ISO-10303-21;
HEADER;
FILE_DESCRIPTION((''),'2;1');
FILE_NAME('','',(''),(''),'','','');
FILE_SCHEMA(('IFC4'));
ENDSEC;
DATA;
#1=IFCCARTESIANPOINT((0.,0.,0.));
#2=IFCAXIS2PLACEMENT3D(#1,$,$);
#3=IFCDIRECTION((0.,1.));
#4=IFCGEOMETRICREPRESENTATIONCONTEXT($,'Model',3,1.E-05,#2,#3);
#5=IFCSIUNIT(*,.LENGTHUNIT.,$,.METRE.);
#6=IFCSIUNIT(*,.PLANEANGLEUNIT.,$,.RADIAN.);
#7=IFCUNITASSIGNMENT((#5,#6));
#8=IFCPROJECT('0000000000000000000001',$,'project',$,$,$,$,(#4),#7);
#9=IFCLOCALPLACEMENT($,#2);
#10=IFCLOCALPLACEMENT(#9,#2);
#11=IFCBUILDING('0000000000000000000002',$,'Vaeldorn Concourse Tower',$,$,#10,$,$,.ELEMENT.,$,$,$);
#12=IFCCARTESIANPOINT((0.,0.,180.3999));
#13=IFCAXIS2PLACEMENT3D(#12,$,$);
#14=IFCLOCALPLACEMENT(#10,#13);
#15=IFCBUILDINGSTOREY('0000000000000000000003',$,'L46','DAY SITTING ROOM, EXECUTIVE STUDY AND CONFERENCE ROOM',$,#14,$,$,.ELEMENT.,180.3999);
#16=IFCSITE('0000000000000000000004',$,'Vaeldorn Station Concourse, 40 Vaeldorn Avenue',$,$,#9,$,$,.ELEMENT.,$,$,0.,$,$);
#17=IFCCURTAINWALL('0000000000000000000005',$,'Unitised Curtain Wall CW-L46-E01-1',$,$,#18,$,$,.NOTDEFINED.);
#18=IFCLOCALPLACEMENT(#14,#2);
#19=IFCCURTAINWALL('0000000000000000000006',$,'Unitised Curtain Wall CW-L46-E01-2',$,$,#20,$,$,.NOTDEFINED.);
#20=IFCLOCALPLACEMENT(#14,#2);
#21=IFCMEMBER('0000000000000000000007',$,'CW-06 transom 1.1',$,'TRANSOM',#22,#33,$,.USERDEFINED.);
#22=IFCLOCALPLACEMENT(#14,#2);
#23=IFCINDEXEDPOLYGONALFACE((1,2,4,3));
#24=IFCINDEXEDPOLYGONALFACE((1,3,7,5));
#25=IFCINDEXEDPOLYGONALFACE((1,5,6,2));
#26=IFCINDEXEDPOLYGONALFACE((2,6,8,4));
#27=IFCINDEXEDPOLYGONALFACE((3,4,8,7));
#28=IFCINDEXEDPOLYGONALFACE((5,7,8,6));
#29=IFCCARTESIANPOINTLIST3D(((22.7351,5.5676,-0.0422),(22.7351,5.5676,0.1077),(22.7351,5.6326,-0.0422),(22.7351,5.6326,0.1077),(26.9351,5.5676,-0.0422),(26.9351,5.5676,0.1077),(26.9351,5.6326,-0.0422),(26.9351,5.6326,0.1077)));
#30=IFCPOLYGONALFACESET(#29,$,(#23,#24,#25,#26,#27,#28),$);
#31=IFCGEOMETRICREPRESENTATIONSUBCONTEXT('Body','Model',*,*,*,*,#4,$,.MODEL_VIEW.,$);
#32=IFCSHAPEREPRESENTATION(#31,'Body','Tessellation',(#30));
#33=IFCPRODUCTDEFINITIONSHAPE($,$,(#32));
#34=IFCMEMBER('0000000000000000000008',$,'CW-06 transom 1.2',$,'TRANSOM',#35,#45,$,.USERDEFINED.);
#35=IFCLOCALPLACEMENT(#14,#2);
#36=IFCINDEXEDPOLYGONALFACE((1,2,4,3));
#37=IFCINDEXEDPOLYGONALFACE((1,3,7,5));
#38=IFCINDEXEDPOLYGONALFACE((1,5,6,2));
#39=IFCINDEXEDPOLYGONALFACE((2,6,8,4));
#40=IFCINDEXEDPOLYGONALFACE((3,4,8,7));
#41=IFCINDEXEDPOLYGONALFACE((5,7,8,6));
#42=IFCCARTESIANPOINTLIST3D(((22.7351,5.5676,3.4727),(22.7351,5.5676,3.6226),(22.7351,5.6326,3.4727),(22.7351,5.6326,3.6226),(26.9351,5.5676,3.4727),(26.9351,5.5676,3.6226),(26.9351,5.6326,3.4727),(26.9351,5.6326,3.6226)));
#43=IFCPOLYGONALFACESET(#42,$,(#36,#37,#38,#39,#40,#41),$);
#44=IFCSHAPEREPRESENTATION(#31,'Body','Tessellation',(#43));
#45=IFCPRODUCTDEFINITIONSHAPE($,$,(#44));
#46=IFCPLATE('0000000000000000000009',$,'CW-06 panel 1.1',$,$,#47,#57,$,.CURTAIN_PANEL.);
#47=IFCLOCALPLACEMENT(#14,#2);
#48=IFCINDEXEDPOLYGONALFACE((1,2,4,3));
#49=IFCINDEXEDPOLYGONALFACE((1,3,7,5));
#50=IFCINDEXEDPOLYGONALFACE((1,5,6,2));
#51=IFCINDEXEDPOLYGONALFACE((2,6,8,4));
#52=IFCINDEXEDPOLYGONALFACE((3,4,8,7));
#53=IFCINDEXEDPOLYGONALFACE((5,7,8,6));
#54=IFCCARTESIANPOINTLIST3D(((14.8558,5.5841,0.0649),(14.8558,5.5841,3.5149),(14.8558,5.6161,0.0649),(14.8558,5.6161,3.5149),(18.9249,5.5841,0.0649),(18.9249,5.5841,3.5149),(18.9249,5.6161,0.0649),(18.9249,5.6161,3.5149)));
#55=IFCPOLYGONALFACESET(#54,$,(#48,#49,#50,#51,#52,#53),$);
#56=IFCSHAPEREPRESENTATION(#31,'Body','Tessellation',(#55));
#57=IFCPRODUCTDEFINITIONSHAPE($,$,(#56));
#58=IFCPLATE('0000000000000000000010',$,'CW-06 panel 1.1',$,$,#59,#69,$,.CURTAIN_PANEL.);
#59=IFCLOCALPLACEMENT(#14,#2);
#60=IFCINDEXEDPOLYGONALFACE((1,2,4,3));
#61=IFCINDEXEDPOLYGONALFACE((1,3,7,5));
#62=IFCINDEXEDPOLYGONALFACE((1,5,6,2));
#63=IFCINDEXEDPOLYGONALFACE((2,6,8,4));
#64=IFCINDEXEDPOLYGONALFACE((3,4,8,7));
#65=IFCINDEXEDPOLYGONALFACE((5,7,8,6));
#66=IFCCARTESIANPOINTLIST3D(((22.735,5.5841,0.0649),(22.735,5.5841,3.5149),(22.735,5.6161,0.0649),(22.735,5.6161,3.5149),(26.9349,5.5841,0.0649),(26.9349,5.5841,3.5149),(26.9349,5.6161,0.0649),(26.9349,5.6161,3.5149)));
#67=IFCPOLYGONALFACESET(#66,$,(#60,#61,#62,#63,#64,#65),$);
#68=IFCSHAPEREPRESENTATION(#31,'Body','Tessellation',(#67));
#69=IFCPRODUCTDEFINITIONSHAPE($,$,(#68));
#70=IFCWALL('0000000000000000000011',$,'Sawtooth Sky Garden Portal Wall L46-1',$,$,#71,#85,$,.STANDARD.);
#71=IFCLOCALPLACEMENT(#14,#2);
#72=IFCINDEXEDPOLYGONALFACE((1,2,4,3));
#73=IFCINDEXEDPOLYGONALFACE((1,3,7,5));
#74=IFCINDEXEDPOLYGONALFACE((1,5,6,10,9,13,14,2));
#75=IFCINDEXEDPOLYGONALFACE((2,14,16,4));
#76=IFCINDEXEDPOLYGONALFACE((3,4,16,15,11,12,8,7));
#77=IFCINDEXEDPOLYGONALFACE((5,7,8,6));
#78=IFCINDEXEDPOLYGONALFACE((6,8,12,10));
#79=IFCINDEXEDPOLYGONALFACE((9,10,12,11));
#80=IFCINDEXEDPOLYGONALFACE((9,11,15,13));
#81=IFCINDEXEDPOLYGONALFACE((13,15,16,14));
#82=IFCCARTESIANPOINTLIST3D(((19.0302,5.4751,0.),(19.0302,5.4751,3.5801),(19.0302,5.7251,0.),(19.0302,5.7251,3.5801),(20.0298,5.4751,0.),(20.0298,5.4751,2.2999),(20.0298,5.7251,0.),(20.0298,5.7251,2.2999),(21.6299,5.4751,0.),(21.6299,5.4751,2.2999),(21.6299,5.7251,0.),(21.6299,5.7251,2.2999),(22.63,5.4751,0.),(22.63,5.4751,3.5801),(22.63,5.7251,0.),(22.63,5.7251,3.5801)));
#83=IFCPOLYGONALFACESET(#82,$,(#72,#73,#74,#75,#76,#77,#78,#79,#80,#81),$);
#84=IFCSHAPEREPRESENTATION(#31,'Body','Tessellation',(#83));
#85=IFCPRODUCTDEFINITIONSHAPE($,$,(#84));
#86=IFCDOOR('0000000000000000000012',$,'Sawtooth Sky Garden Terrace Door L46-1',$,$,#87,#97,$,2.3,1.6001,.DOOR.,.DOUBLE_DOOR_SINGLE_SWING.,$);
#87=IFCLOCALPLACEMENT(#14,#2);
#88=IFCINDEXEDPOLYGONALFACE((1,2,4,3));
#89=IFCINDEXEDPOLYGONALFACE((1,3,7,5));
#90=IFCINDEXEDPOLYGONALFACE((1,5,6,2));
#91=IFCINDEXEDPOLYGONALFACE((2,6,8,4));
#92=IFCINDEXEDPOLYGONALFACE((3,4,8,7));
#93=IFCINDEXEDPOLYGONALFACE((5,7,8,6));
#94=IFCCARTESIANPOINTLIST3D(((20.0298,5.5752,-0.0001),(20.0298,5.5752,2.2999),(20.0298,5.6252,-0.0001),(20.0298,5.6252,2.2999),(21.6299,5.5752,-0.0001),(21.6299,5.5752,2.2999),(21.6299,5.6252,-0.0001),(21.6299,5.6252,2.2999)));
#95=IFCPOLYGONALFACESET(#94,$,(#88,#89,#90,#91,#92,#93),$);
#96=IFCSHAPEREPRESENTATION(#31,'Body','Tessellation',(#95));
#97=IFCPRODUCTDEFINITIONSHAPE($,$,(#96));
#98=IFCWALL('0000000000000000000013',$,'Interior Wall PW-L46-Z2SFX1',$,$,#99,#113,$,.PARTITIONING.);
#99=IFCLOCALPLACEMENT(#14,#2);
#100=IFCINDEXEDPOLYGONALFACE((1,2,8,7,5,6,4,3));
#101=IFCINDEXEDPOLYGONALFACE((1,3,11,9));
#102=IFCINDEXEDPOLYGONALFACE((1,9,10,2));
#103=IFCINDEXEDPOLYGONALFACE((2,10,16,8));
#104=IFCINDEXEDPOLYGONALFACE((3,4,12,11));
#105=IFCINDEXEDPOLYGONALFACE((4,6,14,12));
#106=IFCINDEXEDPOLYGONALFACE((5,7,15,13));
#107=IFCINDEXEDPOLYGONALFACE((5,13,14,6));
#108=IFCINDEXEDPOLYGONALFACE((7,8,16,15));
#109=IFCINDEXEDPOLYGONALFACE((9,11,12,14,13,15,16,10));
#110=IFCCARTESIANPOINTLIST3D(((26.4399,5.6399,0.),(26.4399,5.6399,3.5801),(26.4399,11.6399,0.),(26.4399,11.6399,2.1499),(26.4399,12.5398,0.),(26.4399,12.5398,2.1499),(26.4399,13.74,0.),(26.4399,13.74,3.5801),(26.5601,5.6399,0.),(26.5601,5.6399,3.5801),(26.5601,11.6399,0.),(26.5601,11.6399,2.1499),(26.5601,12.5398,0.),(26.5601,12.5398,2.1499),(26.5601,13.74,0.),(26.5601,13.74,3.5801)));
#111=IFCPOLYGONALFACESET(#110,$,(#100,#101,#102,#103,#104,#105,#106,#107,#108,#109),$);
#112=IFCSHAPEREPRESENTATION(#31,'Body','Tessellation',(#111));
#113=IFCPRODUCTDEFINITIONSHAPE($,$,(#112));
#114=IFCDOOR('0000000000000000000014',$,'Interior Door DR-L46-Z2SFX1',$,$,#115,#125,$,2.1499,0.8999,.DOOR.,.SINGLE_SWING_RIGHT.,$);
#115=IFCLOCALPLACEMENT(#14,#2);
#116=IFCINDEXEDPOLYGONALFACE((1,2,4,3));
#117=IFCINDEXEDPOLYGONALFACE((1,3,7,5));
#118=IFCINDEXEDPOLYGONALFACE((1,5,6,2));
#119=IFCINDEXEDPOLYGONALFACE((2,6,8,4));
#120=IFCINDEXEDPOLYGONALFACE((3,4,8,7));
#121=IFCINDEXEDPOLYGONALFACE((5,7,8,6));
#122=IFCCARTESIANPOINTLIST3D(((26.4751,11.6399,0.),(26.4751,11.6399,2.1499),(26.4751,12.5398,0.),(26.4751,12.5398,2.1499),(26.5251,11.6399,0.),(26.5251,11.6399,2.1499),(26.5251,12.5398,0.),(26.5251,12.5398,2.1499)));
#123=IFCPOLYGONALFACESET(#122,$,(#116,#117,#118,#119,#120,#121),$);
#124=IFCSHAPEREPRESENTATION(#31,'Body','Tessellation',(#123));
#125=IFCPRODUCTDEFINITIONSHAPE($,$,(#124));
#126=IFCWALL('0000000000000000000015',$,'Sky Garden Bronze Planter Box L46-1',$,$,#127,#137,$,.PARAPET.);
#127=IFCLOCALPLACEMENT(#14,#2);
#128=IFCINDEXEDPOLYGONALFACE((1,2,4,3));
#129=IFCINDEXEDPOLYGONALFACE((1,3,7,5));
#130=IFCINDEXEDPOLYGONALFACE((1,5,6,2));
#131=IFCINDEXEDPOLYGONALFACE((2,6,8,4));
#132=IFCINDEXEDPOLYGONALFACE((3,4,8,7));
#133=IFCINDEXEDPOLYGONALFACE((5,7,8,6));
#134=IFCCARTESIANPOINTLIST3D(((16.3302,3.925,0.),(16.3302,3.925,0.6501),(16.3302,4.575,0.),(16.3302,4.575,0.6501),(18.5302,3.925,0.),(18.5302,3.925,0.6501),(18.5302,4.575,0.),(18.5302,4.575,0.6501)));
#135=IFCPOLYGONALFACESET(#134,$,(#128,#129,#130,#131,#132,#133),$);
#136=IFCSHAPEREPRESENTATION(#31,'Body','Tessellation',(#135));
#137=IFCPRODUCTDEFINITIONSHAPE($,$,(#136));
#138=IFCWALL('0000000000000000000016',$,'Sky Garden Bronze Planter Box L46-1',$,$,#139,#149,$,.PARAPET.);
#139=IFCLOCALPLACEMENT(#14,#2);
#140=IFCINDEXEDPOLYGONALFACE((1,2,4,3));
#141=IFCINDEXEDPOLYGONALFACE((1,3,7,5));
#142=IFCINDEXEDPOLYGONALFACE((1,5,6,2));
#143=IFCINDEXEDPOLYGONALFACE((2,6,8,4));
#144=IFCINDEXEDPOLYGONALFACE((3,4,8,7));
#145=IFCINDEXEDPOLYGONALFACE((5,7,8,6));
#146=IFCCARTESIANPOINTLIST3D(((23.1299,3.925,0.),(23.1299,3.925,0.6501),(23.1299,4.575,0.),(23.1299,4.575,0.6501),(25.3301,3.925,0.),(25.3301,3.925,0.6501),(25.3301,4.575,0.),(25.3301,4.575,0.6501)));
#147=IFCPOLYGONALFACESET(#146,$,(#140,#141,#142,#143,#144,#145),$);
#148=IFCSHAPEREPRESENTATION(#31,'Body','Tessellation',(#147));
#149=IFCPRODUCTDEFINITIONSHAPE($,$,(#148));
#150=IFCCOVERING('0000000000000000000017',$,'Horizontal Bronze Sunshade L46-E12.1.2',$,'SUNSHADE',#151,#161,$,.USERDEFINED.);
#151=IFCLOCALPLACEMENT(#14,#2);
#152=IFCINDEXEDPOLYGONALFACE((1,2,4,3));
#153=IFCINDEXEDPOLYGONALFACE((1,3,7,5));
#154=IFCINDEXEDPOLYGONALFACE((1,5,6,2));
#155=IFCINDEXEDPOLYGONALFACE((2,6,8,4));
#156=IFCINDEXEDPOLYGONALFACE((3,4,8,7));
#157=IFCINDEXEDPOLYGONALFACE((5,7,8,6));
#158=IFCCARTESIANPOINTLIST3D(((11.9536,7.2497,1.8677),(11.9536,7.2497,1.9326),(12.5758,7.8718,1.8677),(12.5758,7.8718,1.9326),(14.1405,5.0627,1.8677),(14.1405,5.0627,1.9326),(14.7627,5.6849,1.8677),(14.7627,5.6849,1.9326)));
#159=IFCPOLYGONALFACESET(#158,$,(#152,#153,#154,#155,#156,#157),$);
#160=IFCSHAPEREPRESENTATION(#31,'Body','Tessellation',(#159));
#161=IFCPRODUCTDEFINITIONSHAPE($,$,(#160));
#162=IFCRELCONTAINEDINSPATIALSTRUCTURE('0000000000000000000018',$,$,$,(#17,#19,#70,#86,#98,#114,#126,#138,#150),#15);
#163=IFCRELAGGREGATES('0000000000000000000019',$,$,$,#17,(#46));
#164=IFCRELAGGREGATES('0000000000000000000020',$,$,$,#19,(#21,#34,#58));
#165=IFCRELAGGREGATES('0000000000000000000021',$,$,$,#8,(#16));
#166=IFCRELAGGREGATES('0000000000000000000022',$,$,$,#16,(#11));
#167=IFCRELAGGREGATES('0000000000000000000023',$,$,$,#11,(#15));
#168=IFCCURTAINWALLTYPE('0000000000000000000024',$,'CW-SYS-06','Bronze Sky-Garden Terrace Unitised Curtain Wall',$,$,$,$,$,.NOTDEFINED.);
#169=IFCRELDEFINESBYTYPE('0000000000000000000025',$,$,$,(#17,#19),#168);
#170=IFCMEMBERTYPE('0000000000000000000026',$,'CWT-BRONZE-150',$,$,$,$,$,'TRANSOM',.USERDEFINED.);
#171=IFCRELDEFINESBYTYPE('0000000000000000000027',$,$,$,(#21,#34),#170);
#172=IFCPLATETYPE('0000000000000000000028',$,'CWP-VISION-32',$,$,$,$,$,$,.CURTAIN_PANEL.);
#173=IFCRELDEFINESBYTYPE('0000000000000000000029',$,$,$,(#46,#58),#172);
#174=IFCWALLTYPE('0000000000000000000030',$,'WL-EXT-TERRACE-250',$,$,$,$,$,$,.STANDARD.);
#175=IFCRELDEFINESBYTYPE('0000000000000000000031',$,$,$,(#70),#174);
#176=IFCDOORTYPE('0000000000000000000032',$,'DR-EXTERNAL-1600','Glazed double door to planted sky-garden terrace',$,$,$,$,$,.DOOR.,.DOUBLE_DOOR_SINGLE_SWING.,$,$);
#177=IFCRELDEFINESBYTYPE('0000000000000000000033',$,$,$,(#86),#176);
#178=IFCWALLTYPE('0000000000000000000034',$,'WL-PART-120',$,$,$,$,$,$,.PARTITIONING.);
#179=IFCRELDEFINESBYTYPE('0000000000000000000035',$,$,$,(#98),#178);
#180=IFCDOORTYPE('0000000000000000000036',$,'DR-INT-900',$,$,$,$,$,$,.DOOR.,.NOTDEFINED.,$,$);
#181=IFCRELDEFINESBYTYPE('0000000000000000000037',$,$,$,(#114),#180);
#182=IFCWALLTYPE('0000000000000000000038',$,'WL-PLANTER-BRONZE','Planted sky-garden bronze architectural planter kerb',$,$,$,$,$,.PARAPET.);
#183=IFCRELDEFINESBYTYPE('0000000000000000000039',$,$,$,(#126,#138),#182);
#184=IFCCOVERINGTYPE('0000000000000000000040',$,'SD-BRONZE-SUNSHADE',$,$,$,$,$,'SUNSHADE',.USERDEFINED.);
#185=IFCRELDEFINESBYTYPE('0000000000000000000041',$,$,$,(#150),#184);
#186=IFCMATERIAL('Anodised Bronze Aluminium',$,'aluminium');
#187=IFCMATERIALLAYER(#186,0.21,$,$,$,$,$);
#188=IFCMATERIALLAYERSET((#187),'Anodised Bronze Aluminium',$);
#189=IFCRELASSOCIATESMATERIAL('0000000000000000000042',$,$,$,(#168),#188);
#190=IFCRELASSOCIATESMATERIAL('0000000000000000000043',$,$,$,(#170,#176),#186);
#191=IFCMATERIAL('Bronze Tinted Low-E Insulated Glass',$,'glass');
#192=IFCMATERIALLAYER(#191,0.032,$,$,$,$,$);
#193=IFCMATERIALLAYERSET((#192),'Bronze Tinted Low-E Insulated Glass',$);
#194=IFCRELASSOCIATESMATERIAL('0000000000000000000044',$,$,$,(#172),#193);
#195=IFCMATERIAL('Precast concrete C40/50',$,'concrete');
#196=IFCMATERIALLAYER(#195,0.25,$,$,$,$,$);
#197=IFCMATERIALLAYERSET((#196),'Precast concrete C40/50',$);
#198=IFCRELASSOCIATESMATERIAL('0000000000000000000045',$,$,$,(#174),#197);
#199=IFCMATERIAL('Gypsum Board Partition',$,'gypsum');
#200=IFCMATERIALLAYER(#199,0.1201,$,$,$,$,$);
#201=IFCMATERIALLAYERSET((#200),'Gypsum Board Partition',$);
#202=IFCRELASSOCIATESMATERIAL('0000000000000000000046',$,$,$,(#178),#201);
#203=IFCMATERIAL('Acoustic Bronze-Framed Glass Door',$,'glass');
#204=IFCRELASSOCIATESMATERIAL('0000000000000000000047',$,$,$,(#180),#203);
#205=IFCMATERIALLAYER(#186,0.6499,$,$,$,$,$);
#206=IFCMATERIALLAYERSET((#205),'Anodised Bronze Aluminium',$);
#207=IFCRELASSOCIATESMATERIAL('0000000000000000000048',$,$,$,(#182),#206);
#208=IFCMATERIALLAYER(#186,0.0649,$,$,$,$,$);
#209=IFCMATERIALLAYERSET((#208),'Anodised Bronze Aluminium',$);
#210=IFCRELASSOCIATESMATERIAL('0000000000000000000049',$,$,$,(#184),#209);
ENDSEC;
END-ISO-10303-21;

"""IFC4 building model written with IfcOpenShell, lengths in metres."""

from ifc_helpers import new_model, si_unit, direction, frame, frame_2d, origin, origin_2d, place, context, subcontext, project, spatial, rectangle, extrude, source, transform, mapped, material, layer, layer_set, material_profile, profile_set, type_object, element, fill, aggregate, save


model = new_model("IFC4")

# Units and contexts
model_context = context("Model", 3, precision=1e-05, world=origin(), true_north=direction((0.0, 1.0)))
body_context = subcontext(model_context, "Body", "Model", "MODEL_VIEW")
ifc_project = project(units=[si_unit("LENGTHUNIT", "METRE"), si_unit("PLANEANGLEUNIT", "RADIAN")], contexts=[model_context])

# Site, building, storey
site_placement = place(None, origin())
site = spatial("IfcSite", under=ifc_project, at=site_placement, Name="Vaeldorn Station Concourse, 40 Vaeldorn Avenue", CompositionType="ELEMENT", RefElevation=0.0)
building_placement = place(site_placement, origin())
building = spatial("IfcBuilding", under=site, at=building_placement, Name="Vaeldorn Concourse Tower", CompositionType="ELEMENT")
storey_placement = place(building_placement, frame((0.0, 0.0, 180.3999)))
storey = spatial("IfcBuildingStorey", under=building, at=storey_placement, Name="L46", Description="DAY SITTING ROOM, EXECUTIVE STUDY AND CONFERENCE ROOM", CompositionType="ELEMENT", Elevation=180.3999)

# Curtain walls
ifc_material_1 = material(Name="Anodised Bronze Aluminium", Category="aluminium")
ifc_layer_1 = layer(ifc_material_1, 0.21)
ifc_layer_set_1 = layer_set([ifc_layer_1], Name="Anodised Bronze Aluminium")
curtain_wall_type = type_object("IfcCurtainWallType", Name="CW-SYS-06", Description="Bronze Sky-Garden Terrace Unitised Curtain Wall", PredefinedType="NOTDEFINED", material=ifc_layer_set_1)
ifc_material_profile_1 = material_profile(ifc_material_1, rectangle(XDim=0.0649, YDim=0.1499, at=origin_2d()), Name="CWT 65x150")
ifc_profile_set_1 = profile_set([ifc_material_profile_1], Name="Anodised Bronze Aluminium")
member_type_1 = type_object("IfcMemberType", Name="CWT-BRONZE-150", ElementType="TRANSOM", PredefinedType="USERDEFINED", material=ifc_profile_set_1)
curtain_wall_1_placement = place(storey_placement, origin())
curtain_wall_1 = element("IfcCurtainWall", 1, at=curtain_wall_1_placement, inside=storey, type_object=curtain_wall_type, Name="Unitised Curtain Wall CW-L46-E01-1", PredefinedType="NOTDEFINED")
curtain_wall_2_placement = place(storey_placement, origin())
curtain_wall_2 = element("IfcCurtainWall", 2, at=curtain_wall_2_placement, inside=storey, type_object=curtain_wall_type, Name="Unitised Curtain Wall CW-L46-E01-2", PredefinedType="NOTDEFINED")

# Members
shared_shape_1 = source(origin(), body_context, "Body", "SweptSolid", [
    extrude(rectangle(XDim=0.0649, YDim=0.1499, at=origin_2d()), origin(), (0.0, 0.0, 1.0), 4.2),
])
member_1_placement = place(storey_placement, frame((22.7351, 5.6001, 0.0327), z_axis=(1.0, 0.0, 0.0), x_axis=(0.0, 1.0, 0.0)))
member_1 = element("IfcMember", 3, at=member_1_placement, type_object=member_type_1, Name="CW-06 transom 1.1", ObjectType="TRANSOM", PredefinedType="USERDEFINED", context=body_context, shape_type="MappedRepresentation", body=[
    mapped(shared_shape_1, transform((0.0, 0.0, 0.0), scale=1.0)),
])
member_2_placement = place(storey_placement, frame((22.7351, 5.6001, 3.5476), z_axis=(1.0, 0.0, 0.0), x_axis=(0.0, 1.0, 0.0)))
member_2 = element("IfcMember", 4, at=member_2_placement, type_object=member_type_1, Name="CW-06 transom 1.2", ObjectType="TRANSOM", PredefinedType="USERDEFINED", context=body_context, shape_type="MappedRepresentation", body=[
    mapped(shared_shape_1, transform((0.0, 0.0, 0.0), scale=1.0)),
])

# Plates
ifc_material_2 = material(Name="Bronze Tinted Low-E Insulated Glass", Category="glass")
ifc_layer_2 = layer(ifc_material_2, 0.032)
ifc_layer_set_2 = layer_set([ifc_layer_2], Name="Bronze Tinted Low-E Insulated Glass")
plate_type = type_object("IfcPlateType", Name="CWP-VISION-32", PredefinedType="CURTAIN_PANEL", material=ifc_layer_set_2)
shared_shape_2 = source(origin(), body_context, "Body", "SweptSolid", [
    extrude(rectangle(XDim=4.0691, YDim=0.032, at=origin_2d()), origin(), (0.0, 0.0, 1.0), 3.45),
])
plate_1_placement = place(storey_placement, frame((16.8904, 5.6001, 0.0649), z_axis=(0.0, 0.0, 1.0), x_axis=(1.0, 0.0, 0.0)))
plate_1 = element("IfcPlate", 5, at=plate_1_placement, type_object=plate_type, Name="CW-06 panel 1.1", PredefinedType="CURTAIN_PANEL", context=body_context, shape_type="MappedRepresentation", body=[
    mapped(shared_shape_2, transform((0.0, 0.0, 0.0), scale=1.0)),
])
aggregate(curtain_wall_1, [plate_1])
shared_shape_3 = source(origin(), body_context, "Body", "SweptSolid", [
    extrude(rectangle(XDim=4.2, YDim=0.032, at=origin_2d()), origin(), (0.0, 0.0, 1.0), 3.45),
])
plate_2_placement = place(storey_placement, frame((24.835, 5.6001, 0.0649), z_axis=(0.0, 0.0, 1.0), x_axis=(1.0, 0.0, 0.0)))
plate_2 = element("IfcPlate", 6, at=plate_2_placement, type_object=plate_type, Name="CW-06 panel 1.1", PredefinedType="CURTAIN_PANEL", context=body_context, shape_type="MappedRepresentation", body=[
    mapped(shared_shape_3, transform((0.0, 0.0, 0.0), scale=1.0)),
])
aggregate(curtain_wall_2, [member_1, member_2, plate_2])

# Walls, openings, doors
ifc_material_3 = material(Name="Precast concrete C40/50", Category="concrete")
ifc_layer_3 = layer(ifc_material_3, 0.25)
ifc_layer_set_3 = layer_set([ifc_layer_3], Name="Precast concrete C40/50")
wall_type_1 = type_object("IfcWallType", Name="WL-EXT-TERRACE-250", PredefinedType="STANDARD", material=ifc_layer_set_3)
wall_1_placement = place(storey_placement, frame((22.6299, 5.6001, 0.0), z_axis=(0.0, 0.0, 1.0), x_axis=(-1.0, 0.0, 0.0)))
wall_1 = element("IfcWall", 7, at=wall_1_placement, inside=storey, type_object=wall_type_1, Name="Sawtooth Sky Garden Portal Wall L46-1", PredefinedType="STANDARD", context=body_context, shape_type="SweptSolid", body=[
    extrude(rectangle(XDim=3.5999, YDim=0.25, at=frame_2d((1.7998, 0.0))), origin(), (0.0, 0.0, 1.0), 3.5801),
])
opening_1_placement = place(wall_1_placement, frame((1.0, 0.0, 0.0)))
opening_1 = element("IfcOpeningElement", 8, at=opening_1_placement, cuts=wall_1, PredefinedType="OPENING", context=body_context, shape_type="SweptSolid", body=[
    extrude(rectangle(XDim=1.6001, YDim=2.3, at=frame_2d((0.8, 1.1499))), frame((0.0, 0.135, 0.0), z_axis=(0.0, -1.0, 0.0), x_axis=(1.0, 0.0, 0.0)), (0.0, 0.0, 1.0), 0.27),
])
door_type_1 = type_object("IfcDoorType", Name="DR-EXTERNAL-1600", Description="Glazed double door to planted sky-garden terrace", OperationType="DOUBLE_DOOR_SINGLE_SWING", PredefinedType="DOOR", material=ifc_material_1)
shared_shape_4 = source(origin(), body_context, "Body", "SweptSolid", [
    extrude(rectangle(XDim=1.6001, YDim=2.3, at=frame_2d((0.8, 1.1499))), frame((0.0, 0.0249, 0.0), z_axis=(0.0, -1.0, 0.0), x_axis=(1.0, 0.0, 0.0)), (0.0, 0.0, 1.0), 0.05),
])
door_1_placement = place(opening_1_placement, origin())
door_1 = element("IfcDoor", 9, at=door_1_placement, inside=storey, type_object=door_type_1, Name="Sawtooth Sky Garden Terrace Door L46-1", OperationType="DOUBLE_DOOR_SINGLE_SWING", OverallHeight=2.3, OverallWidth=1.6001, PredefinedType="DOOR", context=body_context, shape_type="MappedRepresentation", body=[
    mapped(shared_shape_4, transform((0.0, 0.0, 0.0), scale=1.0)),
])
fill(opening_1, door_1)
ifc_material_4 = material(Name="Gypsum Board Partition", Category="gypsum")
ifc_layer_4 = layer(ifc_material_4, 0.1201)
ifc_layer_set_4 = layer_set([ifc_layer_4], Name="Gypsum Board Partition")
wall_type_2 = type_object("IfcWallType", Name="WL-PART-120", PredefinedType="PARTITIONING", material=ifc_layer_set_4)
wall_2_placement = place(storey_placement, frame((26.5, 5.6399, 0.0), z_axis=(0.0, 0.0, 1.0), x_axis=(0.0, 1.0, 0.0)))
wall_2 = element("IfcWall", 10, at=wall_2_placement, inside=storey, type_object=wall_type_2, Name="Interior Wall PW-L46-Z2SFX1", PredefinedType="PARTITIONING", context=body_context, shape_type="SweptSolid", body=[
    extrude(rectangle(XDim=8.1001, YDim=0.1201, at=frame_2d((4.05, 0.0))), origin(), (0.0, 0.0, 1.0), 3.5801),
])
opening_2_placement = place(wall_2_placement, frame((6.0, 0.0, 0.0)))
opening_2 = element("IfcOpeningElement", 11, at=opening_2_placement, cuts=wall_2, PredefinedType="OPENING", context=body_context, shape_type="SweptSolid", body=[
    extrude(rectangle(XDim=0.8999, YDim=2.1499, at=frame_2d((0.45, 1.075))), frame((0.0, 0.0701, 0.0), z_axis=(0.0, -1.0, 0.0), x_axis=(1.0, 0.0, 0.0)), (0.0, 0.0, 1.0), 0.1401),
])
ifc_material_5 = material(Name="Acoustic Bronze-Framed Glass Door", Category="glass")
door_type_2 = type_object("IfcDoorType", Name="DR-INT-900", OperationType="NOTDEFINED", PredefinedType="DOOR", material=ifc_material_5)
shared_shape_5 = source(origin(), body_context, "Body", "SweptSolid", [
    extrude(rectangle(XDim=0.8999, YDim=2.1499, at=frame_2d((0.45, 1.075))), frame((0.0, 0.0249, 0.0), z_axis=(0.0, -1.0, 0.0), x_axis=(1.0, 0.0, 0.0)), (0.0, 0.0, 1.0), 0.05),
])
door_2_placement = place(opening_2_placement, origin())
door_2 = element("IfcDoor", 12, at=door_2_placement, inside=storey, type_object=door_type_2, Name="Interior Door DR-L46-Z2SFX1", OperationType="SINGLE_SWING_RIGHT", OverallHeight=2.1499, OverallWidth=0.8999, PredefinedType="DOOR", context=body_context, shape_type="MappedRepresentation", body=[
    mapped(shared_shape_5, transform((0.0, 0.0, 0.0), scale=1.0)),
])
fill(opening_2, door_2)

# Walls
ifc_layer_5 = layer(ifc_material_1, 0.6499)
ifc_layer_set_5 = layer_set([ifc_layer_5], Name="Anodised Bronze Aluminium")
wall_type_3 = type_object("IfcWallType", Name="WL-PLANTER-BRONZE", Description="Planted sky-garden bronze architectural planter kerb", PredefinedType="PARAPET", material=ifc_layer_set_5)
wall_3_placement = place(storey_placement, frame((16.3301, 4.25, 0.0), z_axis=(0.0, 0.0, 1.0), x_axis=(1.0, 0.0, 0.0)))
element("IfcWall", 13, at=wall_3_placement, inside=storey, type_object=wall_type_3, Name="Sky Garden Bronze Planter Box L46-1", PredefinedType="PARAPET", context=body_context, shape_type="SweptSolid", body=[
    extrude(rectangle(XDim=2.2, YDim=0.6499, at=frame_2d((1.1001, 0.0))), origin(), (0.0, 0.0, 1.0), 0.6501),
])
wall_4_placement = place(storey_placement, frame((23.1299, 4.25, 0.0), z_axis=(0.0, 0.0, 1.0), x_axis=(1.0, 0.0, 0.0)))
element("IfcWall", 14, at=wall_4_placement, inside=storey, type_object=wall_type_3, Name="Sky Garden Bronze Planter Box L46-1", PredefinedType="PARAPET", context=body_context, shape_type="SweptSolid", body=[
    extrude(rectangle(XDim=2.2002, YDim=0.6499, at=frame_2d((1.1001, 0.0))), origin(), (0.0, 0.0, 1.0), 0.6501),
])

# Covering
ifc_layer_6 = layer(ifc_material_1, 0.0649)
ifc_layer_set_6 = layer_set([ifc_layer_6], Name="Anodised Bronze Aluminium")
covering_type = type_object("IfcCoveringType", Name="SD-BRONZE-SUNSHADE", ElementType="SUNSHADE", PredefinedType="USERDEFINED", material=ifc_layer_set_6)
shared_shape_6 = source(origin(), body_context, "Body", "SweptSolid", [
    extrude(rectangle(XDim=3.0928, YDim=0.8799, at=origin_2d()), origin(), (0.0, 0.0, 1.0), 0.0649),
])
covering_placement = place(storey_placement, frame((13.3582, 6.4673, 1.8677), z_axis=(0.0, 0.0, 1.0), x_axis=(0.707107, -0.707107, 0.0)))
element("IfcCovering", 15, at=covering_placement, inside=storey, type_object=covering_type, Name="Horizontal Bronze Sunshade L46-E12.1.2", ObjectType="SUNSHADE", PredefinedType="USERDEFINED", context=body_context, shape_type="MappedRepresentation", body=[
    mapped(shared_shape_6, transform((0.0, 0.0, 0.0), scale=1.0)),
])

save(model, "model.ifc")
